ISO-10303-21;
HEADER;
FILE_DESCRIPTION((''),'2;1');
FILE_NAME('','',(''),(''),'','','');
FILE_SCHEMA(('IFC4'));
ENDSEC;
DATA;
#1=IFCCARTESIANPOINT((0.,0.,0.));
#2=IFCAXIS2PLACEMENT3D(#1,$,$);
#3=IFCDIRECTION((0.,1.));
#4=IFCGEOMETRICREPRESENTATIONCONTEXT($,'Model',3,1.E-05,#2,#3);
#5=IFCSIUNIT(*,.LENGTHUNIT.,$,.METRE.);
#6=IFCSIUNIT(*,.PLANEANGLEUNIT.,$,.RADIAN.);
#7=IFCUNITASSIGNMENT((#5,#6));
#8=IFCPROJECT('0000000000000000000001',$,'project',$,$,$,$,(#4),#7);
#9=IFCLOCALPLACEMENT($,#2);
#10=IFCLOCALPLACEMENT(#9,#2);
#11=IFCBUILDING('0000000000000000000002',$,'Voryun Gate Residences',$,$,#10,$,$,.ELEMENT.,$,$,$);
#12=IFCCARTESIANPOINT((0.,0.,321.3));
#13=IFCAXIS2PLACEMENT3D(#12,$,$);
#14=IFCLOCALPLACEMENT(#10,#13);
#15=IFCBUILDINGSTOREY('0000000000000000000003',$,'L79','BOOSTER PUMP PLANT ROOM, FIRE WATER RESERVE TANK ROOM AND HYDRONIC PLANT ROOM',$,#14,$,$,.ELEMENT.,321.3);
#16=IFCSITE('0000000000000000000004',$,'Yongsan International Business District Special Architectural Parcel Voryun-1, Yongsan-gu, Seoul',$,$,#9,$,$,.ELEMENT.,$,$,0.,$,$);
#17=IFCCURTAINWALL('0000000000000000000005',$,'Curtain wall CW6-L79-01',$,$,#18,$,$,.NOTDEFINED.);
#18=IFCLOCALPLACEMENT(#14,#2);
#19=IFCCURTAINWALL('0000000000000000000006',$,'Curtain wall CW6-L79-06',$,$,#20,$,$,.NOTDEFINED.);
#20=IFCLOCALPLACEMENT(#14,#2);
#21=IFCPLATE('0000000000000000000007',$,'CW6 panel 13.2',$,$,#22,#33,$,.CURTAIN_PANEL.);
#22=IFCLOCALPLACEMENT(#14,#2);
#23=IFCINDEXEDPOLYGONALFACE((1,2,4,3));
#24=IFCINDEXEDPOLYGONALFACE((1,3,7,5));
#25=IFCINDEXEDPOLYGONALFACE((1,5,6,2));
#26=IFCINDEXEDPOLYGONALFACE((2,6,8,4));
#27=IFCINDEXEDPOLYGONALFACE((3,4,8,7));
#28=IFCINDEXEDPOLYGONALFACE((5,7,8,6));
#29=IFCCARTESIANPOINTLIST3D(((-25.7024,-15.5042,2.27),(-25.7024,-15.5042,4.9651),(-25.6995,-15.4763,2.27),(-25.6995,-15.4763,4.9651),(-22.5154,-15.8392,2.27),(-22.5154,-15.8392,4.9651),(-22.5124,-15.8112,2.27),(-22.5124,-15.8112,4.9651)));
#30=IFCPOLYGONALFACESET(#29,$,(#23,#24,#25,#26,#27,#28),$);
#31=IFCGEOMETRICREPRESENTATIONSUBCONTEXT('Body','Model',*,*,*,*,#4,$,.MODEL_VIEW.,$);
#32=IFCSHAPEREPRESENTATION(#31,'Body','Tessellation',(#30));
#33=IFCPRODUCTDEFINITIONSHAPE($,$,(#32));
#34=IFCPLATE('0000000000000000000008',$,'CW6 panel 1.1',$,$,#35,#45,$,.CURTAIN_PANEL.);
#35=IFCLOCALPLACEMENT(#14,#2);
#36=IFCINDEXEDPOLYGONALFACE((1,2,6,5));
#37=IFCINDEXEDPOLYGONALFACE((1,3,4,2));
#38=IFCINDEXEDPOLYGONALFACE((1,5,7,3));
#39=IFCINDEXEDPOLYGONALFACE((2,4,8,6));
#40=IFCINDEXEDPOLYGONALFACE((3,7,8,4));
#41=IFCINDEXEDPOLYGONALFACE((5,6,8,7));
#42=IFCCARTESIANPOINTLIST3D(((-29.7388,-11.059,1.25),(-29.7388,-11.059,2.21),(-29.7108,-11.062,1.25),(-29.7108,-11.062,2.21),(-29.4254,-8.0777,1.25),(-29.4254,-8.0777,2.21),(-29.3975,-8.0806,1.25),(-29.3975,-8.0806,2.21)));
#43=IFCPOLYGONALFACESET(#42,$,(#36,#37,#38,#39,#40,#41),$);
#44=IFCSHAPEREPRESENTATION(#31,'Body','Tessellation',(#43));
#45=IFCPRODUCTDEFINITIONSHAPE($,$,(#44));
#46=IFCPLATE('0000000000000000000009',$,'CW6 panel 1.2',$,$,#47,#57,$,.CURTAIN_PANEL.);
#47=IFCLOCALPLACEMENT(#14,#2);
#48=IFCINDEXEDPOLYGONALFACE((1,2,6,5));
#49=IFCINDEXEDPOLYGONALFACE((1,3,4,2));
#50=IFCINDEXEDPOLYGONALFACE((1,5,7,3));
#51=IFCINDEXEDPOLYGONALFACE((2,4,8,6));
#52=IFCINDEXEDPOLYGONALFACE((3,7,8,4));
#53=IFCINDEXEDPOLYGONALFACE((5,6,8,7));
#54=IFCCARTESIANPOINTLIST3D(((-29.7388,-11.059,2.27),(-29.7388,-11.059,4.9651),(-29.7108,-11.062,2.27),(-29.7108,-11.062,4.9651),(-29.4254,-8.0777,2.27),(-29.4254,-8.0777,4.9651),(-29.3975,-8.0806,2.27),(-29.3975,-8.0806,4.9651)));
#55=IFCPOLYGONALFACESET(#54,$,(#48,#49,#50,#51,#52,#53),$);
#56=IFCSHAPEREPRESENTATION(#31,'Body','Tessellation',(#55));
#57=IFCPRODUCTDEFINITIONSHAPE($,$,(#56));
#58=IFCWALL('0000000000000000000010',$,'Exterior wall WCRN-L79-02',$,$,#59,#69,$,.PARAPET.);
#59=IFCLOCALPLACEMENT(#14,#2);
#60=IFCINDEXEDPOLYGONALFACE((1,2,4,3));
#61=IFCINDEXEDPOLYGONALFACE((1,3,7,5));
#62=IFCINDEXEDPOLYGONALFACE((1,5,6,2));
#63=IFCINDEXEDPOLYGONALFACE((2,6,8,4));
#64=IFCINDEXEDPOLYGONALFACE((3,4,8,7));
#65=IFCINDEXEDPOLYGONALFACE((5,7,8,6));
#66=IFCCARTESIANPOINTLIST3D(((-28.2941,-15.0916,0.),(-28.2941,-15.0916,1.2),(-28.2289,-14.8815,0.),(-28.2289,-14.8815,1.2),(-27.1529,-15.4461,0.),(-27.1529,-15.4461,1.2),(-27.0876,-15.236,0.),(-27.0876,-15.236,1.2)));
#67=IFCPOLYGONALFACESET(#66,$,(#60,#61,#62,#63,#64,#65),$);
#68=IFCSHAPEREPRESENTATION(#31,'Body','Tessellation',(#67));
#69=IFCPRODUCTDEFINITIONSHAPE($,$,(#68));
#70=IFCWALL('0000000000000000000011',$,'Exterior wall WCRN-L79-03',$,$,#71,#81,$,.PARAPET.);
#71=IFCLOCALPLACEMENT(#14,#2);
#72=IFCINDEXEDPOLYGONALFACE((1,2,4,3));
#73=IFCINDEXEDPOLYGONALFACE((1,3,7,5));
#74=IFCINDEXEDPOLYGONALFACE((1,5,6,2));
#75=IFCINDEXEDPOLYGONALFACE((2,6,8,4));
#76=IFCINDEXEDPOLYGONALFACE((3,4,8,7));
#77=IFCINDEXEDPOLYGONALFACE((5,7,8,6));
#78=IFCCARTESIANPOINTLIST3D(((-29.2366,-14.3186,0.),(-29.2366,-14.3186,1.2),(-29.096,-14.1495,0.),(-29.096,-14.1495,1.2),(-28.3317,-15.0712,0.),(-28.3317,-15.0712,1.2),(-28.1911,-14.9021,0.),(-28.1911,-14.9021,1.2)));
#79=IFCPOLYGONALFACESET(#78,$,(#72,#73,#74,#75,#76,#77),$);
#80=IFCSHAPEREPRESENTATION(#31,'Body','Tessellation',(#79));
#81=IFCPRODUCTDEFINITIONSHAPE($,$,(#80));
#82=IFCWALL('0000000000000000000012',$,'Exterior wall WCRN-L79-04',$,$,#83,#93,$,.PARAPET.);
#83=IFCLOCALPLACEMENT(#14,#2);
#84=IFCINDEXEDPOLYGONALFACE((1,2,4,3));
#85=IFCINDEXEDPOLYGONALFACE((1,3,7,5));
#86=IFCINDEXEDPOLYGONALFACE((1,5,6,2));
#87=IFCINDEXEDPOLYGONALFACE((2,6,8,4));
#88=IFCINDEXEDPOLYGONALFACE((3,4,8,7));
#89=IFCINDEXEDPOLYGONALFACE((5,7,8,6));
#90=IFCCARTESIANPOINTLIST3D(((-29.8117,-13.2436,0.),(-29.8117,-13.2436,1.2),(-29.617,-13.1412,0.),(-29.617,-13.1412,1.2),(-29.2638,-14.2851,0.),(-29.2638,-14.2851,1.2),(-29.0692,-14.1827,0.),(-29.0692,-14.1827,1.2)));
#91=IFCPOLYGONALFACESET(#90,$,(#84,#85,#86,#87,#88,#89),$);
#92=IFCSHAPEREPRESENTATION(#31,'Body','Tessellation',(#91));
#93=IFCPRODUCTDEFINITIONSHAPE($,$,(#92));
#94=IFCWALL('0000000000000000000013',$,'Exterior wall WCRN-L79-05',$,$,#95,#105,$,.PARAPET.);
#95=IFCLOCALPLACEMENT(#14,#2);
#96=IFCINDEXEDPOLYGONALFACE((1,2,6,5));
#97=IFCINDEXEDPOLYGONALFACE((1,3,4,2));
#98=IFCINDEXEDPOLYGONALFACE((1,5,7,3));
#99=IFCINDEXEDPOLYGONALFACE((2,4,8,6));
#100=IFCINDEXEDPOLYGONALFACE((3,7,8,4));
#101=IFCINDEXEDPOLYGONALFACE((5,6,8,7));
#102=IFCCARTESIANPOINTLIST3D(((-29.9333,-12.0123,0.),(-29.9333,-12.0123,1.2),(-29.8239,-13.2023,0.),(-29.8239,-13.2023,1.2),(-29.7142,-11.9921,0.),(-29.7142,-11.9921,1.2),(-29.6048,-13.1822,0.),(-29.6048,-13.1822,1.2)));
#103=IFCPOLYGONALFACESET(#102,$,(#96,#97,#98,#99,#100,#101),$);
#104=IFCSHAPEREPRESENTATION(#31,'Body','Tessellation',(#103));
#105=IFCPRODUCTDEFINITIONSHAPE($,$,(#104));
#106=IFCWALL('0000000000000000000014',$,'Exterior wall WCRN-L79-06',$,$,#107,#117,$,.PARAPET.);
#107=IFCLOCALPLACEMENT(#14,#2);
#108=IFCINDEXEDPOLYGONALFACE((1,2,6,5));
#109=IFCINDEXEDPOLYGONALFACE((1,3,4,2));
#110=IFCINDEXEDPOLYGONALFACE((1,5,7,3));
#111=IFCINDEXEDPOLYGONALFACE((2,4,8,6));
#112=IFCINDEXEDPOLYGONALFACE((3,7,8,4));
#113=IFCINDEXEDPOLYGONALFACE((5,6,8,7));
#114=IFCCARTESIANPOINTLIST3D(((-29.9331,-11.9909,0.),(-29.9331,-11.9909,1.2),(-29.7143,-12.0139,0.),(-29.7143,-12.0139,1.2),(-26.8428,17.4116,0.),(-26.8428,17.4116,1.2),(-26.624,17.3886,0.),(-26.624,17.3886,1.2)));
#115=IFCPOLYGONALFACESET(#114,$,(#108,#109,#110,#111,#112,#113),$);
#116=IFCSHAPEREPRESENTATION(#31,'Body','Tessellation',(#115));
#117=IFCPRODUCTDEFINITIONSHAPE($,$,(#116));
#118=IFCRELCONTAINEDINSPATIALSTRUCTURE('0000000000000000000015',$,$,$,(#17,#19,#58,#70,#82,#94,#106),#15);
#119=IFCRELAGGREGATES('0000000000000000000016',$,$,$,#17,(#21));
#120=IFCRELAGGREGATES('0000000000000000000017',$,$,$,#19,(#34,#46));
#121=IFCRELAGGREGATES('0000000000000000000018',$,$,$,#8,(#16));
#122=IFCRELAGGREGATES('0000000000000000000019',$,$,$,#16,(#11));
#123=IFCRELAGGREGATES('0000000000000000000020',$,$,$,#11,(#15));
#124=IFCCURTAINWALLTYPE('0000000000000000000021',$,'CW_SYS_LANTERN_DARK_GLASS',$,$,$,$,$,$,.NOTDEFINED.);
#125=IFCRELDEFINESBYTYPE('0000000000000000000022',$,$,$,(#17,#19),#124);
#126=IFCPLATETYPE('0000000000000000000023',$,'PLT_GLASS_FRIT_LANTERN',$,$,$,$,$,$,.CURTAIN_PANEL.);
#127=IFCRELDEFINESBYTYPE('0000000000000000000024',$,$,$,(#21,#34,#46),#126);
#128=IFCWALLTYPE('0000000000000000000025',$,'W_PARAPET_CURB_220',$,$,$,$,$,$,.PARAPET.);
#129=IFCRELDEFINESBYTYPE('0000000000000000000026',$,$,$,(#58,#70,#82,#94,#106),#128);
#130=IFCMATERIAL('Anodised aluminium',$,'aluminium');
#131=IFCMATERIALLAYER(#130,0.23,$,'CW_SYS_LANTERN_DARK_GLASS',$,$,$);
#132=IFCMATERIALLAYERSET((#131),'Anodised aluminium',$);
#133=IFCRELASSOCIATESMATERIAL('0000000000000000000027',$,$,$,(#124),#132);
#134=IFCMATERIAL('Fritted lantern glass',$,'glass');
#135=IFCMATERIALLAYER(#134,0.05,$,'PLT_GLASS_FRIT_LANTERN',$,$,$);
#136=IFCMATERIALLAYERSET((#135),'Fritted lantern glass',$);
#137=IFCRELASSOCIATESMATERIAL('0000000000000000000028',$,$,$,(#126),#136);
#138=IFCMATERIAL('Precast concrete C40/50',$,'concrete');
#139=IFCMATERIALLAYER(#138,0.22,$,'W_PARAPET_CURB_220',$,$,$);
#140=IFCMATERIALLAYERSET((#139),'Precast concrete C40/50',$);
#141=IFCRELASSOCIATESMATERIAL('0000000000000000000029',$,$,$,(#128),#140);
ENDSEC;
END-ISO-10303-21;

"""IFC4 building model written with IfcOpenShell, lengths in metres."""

from ifc_helpers import new_model, si_unit, direction, frame, frame_2d, origin, origin_2d, place, context, subcontext, project, spatial, rectangle, extrude, material, layer, layer_set, type_object, element, aggregate, save


model = new_model("IFC4")

# Units and contexts
model_context = context("Model", 3, precision=1e-05, world=origin(), true_north=direction((0.0, 1.0)))
body_context = subcontext(model_context, "Body", "Model", "MODEL_VIEW")
ifc_project = project(units=[si_unit("LENGTHUNIT", "METRE"), si_unit("PLANEANGLEUNIT", "RADIAN")], contexts=[model_context])

# Site, building, storey
site_placement = place(None, origin())
site = spatial("IfcSite", under=ifc_project, at=site_placement, Name="Yongsan International Business District Special Architectural Parcel Voryun-1, Yongsan-gu, Seoul", CompositionType="ELEMENT", RefElevation=0.0)
building_placement = place(site_placement, origin())
building = spatial("IfcBuilding", under=site, at=building_placement, Name="Voryun Gate Residences", CompositionType="ELEMENT")
storey_placement = place(building_placement, frame((0.0, 0.0, 321.3)))
storey = spatial("IfcBuildingStorey", under=building, at=storey_placement, Name="L79", Description="BOOSTER PUMP PLANT ROOM, FIRE WATER RESERVE TANK ROOM AND HYDRONIC PLANT ROOM", CompositionType="ELEMENT", Elevation=321.3)

# Curtain wall
ifc_material_1 = material(Name="Anodised aluminium", Category="aluminium")
ifc_layer_1 = layer(ifc_material_1, 0.23, Name="CW_SYS_LANTERN_DARK_GLASS")
ifc_layer_set_1 = layer_set([ifc_layer_1], Name="Anodised aluminium")
curtain_wall_type = type_object("IfcCurtainWallType", Name="CW_SYS_LANTERN_DARK_GLASS", PredefinedType="NOTDEFINED", material=ifc_layer_set_1)
curtain_wall_1_placement = place(storey_placement, origin())
curtain_wall_1 = element("IfcCurtainWall", 1, at=curtain_wall_1_placement, inside=storey, type_object=curtain_wall_type, Name="Curtain wall CW6-L79-01", PredefinedType="NOTDEFINED")

# Curtain wall
curtain_wall_2_placement = place(storey_placement, origin())
curtain_wall_2 = element("IfcCurtainWall", 2, at=curtain_wall_2_placement, inside=storey, type_object=curtain_wall_type, Name="Curtain wall CW6-L79-06", PredefinedType="NOTDEFINED")

# Plates
ifc_material_2 = material(Name="Fritted lantern glass", Category="glass")
ifc_layer_2 = layer(ifc_material_2, 0.05, Name="PLT_GLASS_FRIT_LANTERN")
ifc_layer_set_2 = layer_set([ifc_layer_2], Name="Fritted lantern glass")
plate_type_1 = type_object("IfcPlateType", Name="PLT_GLASS_FRIT_LANTERN", PredefinedType="CURTAIN_PANEL", material=ifc_layer_set_2)
plate_1_placement = place(storey_placement, frame((-24.1074, -15.6577, 2.27), z_axis=(0.0, 0.0, 1.0), x_axis=(-0.994522, 0.104528, 0.0)))
plate_1 = element("IfcPlate", 3, at=plate_1_placement, type_object=plate_type_1, Name="CW6 panel 13.2", PredefinedType="CURTAIN_PANEL", context=body_context, shape_type="SweptSolid", body=[
    extrude(rectangle(XDim=3.2046, YDim=0.0281, at=origin_2d()), origin(), (0.0, 0.0, 1.0), 2.6951),
])
aggregate(curtain_wall_1, [plate_1])
plate_2_placement = place(storey_placement, frame((-29.5681, -9.5698, 1.25), z_axis=(0.0, 0.0, 1.0), x_axis=(0.104528, 0.994522, 0.0)))
plate_2 = element("IfcPlate", 4, at=plate_2_placement, type_object=plate_type_1, Name="CW6 panel 1.1", PredefinedType="CURTAIN_PANEL", context=body_context, shape_type="SweptSolid", body=[
    extrude(rectangle(XDim=2.9978, YDim=0.0281, at=origin_2d()), origin(), (0.0, 0.0, 1.0), 0.96),
])
plate_3_placement = place(storey_placement, frame((-29.5681, -9.5698, 2.27), z_axis=(0.0, 0.0, 1.0), x_axis=(0.104528, 0.994522, 0.0)))
plate_3 = element("IfcPlate", 5, at=plate_3_placement, type_object=plate_type_1, Name="CW6 panel 1.2", PredefinedType="CURTAIN_PANEL", context=body_context, shape_type="SweptSolid", body=[
    extrude(rectangle(XDim=2.9978, YDim=0.0281, at=origin_2d()), origin(), (0.0, 0.0, 1.0), 2.6951),
])
aggregate(curtain_wall_2, [plate_2, plate_3])

# Walls
ifc_material_3 = material(Name="Precast concrete C40/50", Category="concrete")
ifc_layer_3 = layer(ifc_material_3, 0.22, Name="W_PARAPET_CURB_220")
ifc_layer_set_3 = layer_set([ifc_layer_3], Name="Precast concrete C40/50")
wall_type = type_object("IfcWallType", Name="W_PARAPET_CURB_220", PredefinedType="PARAPET", material=ifc_layer_set_3)
wall_1_placement = place(storey_placement, frame((-27.1201, -15.3411, 0.0), z_axis=(0.0, 0.0, 1.0), x_axis=(-0.954998, 0.296611, 0.0)))
element("IfcWall", 6, at=wall_1_placement, inside=storey, type_object=wall_type, Name="Exterior wall WCRN-L79-02", PredefinedType="PARAPET", context=body_context, shape_type="SweptSolid", body=[
    extrude(rectangle(XDim=1.1951, YDim=0.22, at=frame_2d((0.5977, 0.0))), origin(), (0.0, 0.0, 1.0), 1.2),
])
wall_2_placement = place(storey_placement, frame((-28.2615, -14.9866, 0.0), z_axis=(0.0, 0.0, 1.0), x_axis=(-0.76885, 0.639429, 0.0)))
element("IfcWall", 7, at=wall_2_placement, inside=storey, type_object=wall_type, Name="Exterior wall WCRN-L79-03", PredefinedType="PARAPET", context=body_context, shape_type="SweptSolid", body=[
    extrude(rectangle(XDim=1.177, YDim=0.22, at=frame_2d((0.5884, 0.0))), origin(), (0.0, 0.0, 1.0), 1.2),
])
wall_3_placement = place(storey_placement, frame((-29.1665, -14.2339, 0.0), z_axis=(0.0, 0.0, 1.0), x_axis=(-0.465541, 0.885026, 0.0)))
element("IfcWall", 8, at=wall_3_placement, inside=storey, type_object=wall_type, Name="Exterior wall WCRN-L79-04", PredefinedType="PARAPET", context=body_context, shape_type="SweptSolid", body=[
    extrude(rectangle(XDim=1.1768, YDim=0.22, at=frame_2d((0.5884, 0.0))), origin(), (0.0, 0.0, 1.0), 1.2),
])
wall_4_placement = place(storey_placement, frame((-29.7144, -13.1924, 0.0), z_axis=(0.0, 0.0, 1.0), x_axis=(-0.09153, 0.995802, 0.0)))
element("IfcWall", 9, at=wall_4_placement, inside=storey, type_object=wall_type, Name="Exterior wall WCRN-L79-05", PredefinedType="PARAPET", context=body_context, shape_type="SweptSolid", body=[
    extrude(rectangle(XDim=1.1951, YDim=0.22, at=frame_2d((0.5977, 0.0))), origin(), (0.0, 0.0, 1.0), 1.2),
])
wall_5_placement = place(storey_placement, frame((-29.8237, -12.0024, 0.0), z_axis=(0.0, 0.0, 1.0), x_axis=(0.104528, 0.994522, 0.0)))
element("IfcWall", 10, at=wall_5_placement, inside=storey, type_object=wall_type, Name="Exterior wall WCRN-L79-06", PredefinedType="PARAPET", context=body_context, shape_type="SweptSolid", body=[
    extrude(rectangle(XDim=29.5645, YDim=0.22, at=frame_2d((14.7822, 0.0))), origin(), (0.0, 0.0, 1.0), 1.2),
])

save(model, "model.ifc")
